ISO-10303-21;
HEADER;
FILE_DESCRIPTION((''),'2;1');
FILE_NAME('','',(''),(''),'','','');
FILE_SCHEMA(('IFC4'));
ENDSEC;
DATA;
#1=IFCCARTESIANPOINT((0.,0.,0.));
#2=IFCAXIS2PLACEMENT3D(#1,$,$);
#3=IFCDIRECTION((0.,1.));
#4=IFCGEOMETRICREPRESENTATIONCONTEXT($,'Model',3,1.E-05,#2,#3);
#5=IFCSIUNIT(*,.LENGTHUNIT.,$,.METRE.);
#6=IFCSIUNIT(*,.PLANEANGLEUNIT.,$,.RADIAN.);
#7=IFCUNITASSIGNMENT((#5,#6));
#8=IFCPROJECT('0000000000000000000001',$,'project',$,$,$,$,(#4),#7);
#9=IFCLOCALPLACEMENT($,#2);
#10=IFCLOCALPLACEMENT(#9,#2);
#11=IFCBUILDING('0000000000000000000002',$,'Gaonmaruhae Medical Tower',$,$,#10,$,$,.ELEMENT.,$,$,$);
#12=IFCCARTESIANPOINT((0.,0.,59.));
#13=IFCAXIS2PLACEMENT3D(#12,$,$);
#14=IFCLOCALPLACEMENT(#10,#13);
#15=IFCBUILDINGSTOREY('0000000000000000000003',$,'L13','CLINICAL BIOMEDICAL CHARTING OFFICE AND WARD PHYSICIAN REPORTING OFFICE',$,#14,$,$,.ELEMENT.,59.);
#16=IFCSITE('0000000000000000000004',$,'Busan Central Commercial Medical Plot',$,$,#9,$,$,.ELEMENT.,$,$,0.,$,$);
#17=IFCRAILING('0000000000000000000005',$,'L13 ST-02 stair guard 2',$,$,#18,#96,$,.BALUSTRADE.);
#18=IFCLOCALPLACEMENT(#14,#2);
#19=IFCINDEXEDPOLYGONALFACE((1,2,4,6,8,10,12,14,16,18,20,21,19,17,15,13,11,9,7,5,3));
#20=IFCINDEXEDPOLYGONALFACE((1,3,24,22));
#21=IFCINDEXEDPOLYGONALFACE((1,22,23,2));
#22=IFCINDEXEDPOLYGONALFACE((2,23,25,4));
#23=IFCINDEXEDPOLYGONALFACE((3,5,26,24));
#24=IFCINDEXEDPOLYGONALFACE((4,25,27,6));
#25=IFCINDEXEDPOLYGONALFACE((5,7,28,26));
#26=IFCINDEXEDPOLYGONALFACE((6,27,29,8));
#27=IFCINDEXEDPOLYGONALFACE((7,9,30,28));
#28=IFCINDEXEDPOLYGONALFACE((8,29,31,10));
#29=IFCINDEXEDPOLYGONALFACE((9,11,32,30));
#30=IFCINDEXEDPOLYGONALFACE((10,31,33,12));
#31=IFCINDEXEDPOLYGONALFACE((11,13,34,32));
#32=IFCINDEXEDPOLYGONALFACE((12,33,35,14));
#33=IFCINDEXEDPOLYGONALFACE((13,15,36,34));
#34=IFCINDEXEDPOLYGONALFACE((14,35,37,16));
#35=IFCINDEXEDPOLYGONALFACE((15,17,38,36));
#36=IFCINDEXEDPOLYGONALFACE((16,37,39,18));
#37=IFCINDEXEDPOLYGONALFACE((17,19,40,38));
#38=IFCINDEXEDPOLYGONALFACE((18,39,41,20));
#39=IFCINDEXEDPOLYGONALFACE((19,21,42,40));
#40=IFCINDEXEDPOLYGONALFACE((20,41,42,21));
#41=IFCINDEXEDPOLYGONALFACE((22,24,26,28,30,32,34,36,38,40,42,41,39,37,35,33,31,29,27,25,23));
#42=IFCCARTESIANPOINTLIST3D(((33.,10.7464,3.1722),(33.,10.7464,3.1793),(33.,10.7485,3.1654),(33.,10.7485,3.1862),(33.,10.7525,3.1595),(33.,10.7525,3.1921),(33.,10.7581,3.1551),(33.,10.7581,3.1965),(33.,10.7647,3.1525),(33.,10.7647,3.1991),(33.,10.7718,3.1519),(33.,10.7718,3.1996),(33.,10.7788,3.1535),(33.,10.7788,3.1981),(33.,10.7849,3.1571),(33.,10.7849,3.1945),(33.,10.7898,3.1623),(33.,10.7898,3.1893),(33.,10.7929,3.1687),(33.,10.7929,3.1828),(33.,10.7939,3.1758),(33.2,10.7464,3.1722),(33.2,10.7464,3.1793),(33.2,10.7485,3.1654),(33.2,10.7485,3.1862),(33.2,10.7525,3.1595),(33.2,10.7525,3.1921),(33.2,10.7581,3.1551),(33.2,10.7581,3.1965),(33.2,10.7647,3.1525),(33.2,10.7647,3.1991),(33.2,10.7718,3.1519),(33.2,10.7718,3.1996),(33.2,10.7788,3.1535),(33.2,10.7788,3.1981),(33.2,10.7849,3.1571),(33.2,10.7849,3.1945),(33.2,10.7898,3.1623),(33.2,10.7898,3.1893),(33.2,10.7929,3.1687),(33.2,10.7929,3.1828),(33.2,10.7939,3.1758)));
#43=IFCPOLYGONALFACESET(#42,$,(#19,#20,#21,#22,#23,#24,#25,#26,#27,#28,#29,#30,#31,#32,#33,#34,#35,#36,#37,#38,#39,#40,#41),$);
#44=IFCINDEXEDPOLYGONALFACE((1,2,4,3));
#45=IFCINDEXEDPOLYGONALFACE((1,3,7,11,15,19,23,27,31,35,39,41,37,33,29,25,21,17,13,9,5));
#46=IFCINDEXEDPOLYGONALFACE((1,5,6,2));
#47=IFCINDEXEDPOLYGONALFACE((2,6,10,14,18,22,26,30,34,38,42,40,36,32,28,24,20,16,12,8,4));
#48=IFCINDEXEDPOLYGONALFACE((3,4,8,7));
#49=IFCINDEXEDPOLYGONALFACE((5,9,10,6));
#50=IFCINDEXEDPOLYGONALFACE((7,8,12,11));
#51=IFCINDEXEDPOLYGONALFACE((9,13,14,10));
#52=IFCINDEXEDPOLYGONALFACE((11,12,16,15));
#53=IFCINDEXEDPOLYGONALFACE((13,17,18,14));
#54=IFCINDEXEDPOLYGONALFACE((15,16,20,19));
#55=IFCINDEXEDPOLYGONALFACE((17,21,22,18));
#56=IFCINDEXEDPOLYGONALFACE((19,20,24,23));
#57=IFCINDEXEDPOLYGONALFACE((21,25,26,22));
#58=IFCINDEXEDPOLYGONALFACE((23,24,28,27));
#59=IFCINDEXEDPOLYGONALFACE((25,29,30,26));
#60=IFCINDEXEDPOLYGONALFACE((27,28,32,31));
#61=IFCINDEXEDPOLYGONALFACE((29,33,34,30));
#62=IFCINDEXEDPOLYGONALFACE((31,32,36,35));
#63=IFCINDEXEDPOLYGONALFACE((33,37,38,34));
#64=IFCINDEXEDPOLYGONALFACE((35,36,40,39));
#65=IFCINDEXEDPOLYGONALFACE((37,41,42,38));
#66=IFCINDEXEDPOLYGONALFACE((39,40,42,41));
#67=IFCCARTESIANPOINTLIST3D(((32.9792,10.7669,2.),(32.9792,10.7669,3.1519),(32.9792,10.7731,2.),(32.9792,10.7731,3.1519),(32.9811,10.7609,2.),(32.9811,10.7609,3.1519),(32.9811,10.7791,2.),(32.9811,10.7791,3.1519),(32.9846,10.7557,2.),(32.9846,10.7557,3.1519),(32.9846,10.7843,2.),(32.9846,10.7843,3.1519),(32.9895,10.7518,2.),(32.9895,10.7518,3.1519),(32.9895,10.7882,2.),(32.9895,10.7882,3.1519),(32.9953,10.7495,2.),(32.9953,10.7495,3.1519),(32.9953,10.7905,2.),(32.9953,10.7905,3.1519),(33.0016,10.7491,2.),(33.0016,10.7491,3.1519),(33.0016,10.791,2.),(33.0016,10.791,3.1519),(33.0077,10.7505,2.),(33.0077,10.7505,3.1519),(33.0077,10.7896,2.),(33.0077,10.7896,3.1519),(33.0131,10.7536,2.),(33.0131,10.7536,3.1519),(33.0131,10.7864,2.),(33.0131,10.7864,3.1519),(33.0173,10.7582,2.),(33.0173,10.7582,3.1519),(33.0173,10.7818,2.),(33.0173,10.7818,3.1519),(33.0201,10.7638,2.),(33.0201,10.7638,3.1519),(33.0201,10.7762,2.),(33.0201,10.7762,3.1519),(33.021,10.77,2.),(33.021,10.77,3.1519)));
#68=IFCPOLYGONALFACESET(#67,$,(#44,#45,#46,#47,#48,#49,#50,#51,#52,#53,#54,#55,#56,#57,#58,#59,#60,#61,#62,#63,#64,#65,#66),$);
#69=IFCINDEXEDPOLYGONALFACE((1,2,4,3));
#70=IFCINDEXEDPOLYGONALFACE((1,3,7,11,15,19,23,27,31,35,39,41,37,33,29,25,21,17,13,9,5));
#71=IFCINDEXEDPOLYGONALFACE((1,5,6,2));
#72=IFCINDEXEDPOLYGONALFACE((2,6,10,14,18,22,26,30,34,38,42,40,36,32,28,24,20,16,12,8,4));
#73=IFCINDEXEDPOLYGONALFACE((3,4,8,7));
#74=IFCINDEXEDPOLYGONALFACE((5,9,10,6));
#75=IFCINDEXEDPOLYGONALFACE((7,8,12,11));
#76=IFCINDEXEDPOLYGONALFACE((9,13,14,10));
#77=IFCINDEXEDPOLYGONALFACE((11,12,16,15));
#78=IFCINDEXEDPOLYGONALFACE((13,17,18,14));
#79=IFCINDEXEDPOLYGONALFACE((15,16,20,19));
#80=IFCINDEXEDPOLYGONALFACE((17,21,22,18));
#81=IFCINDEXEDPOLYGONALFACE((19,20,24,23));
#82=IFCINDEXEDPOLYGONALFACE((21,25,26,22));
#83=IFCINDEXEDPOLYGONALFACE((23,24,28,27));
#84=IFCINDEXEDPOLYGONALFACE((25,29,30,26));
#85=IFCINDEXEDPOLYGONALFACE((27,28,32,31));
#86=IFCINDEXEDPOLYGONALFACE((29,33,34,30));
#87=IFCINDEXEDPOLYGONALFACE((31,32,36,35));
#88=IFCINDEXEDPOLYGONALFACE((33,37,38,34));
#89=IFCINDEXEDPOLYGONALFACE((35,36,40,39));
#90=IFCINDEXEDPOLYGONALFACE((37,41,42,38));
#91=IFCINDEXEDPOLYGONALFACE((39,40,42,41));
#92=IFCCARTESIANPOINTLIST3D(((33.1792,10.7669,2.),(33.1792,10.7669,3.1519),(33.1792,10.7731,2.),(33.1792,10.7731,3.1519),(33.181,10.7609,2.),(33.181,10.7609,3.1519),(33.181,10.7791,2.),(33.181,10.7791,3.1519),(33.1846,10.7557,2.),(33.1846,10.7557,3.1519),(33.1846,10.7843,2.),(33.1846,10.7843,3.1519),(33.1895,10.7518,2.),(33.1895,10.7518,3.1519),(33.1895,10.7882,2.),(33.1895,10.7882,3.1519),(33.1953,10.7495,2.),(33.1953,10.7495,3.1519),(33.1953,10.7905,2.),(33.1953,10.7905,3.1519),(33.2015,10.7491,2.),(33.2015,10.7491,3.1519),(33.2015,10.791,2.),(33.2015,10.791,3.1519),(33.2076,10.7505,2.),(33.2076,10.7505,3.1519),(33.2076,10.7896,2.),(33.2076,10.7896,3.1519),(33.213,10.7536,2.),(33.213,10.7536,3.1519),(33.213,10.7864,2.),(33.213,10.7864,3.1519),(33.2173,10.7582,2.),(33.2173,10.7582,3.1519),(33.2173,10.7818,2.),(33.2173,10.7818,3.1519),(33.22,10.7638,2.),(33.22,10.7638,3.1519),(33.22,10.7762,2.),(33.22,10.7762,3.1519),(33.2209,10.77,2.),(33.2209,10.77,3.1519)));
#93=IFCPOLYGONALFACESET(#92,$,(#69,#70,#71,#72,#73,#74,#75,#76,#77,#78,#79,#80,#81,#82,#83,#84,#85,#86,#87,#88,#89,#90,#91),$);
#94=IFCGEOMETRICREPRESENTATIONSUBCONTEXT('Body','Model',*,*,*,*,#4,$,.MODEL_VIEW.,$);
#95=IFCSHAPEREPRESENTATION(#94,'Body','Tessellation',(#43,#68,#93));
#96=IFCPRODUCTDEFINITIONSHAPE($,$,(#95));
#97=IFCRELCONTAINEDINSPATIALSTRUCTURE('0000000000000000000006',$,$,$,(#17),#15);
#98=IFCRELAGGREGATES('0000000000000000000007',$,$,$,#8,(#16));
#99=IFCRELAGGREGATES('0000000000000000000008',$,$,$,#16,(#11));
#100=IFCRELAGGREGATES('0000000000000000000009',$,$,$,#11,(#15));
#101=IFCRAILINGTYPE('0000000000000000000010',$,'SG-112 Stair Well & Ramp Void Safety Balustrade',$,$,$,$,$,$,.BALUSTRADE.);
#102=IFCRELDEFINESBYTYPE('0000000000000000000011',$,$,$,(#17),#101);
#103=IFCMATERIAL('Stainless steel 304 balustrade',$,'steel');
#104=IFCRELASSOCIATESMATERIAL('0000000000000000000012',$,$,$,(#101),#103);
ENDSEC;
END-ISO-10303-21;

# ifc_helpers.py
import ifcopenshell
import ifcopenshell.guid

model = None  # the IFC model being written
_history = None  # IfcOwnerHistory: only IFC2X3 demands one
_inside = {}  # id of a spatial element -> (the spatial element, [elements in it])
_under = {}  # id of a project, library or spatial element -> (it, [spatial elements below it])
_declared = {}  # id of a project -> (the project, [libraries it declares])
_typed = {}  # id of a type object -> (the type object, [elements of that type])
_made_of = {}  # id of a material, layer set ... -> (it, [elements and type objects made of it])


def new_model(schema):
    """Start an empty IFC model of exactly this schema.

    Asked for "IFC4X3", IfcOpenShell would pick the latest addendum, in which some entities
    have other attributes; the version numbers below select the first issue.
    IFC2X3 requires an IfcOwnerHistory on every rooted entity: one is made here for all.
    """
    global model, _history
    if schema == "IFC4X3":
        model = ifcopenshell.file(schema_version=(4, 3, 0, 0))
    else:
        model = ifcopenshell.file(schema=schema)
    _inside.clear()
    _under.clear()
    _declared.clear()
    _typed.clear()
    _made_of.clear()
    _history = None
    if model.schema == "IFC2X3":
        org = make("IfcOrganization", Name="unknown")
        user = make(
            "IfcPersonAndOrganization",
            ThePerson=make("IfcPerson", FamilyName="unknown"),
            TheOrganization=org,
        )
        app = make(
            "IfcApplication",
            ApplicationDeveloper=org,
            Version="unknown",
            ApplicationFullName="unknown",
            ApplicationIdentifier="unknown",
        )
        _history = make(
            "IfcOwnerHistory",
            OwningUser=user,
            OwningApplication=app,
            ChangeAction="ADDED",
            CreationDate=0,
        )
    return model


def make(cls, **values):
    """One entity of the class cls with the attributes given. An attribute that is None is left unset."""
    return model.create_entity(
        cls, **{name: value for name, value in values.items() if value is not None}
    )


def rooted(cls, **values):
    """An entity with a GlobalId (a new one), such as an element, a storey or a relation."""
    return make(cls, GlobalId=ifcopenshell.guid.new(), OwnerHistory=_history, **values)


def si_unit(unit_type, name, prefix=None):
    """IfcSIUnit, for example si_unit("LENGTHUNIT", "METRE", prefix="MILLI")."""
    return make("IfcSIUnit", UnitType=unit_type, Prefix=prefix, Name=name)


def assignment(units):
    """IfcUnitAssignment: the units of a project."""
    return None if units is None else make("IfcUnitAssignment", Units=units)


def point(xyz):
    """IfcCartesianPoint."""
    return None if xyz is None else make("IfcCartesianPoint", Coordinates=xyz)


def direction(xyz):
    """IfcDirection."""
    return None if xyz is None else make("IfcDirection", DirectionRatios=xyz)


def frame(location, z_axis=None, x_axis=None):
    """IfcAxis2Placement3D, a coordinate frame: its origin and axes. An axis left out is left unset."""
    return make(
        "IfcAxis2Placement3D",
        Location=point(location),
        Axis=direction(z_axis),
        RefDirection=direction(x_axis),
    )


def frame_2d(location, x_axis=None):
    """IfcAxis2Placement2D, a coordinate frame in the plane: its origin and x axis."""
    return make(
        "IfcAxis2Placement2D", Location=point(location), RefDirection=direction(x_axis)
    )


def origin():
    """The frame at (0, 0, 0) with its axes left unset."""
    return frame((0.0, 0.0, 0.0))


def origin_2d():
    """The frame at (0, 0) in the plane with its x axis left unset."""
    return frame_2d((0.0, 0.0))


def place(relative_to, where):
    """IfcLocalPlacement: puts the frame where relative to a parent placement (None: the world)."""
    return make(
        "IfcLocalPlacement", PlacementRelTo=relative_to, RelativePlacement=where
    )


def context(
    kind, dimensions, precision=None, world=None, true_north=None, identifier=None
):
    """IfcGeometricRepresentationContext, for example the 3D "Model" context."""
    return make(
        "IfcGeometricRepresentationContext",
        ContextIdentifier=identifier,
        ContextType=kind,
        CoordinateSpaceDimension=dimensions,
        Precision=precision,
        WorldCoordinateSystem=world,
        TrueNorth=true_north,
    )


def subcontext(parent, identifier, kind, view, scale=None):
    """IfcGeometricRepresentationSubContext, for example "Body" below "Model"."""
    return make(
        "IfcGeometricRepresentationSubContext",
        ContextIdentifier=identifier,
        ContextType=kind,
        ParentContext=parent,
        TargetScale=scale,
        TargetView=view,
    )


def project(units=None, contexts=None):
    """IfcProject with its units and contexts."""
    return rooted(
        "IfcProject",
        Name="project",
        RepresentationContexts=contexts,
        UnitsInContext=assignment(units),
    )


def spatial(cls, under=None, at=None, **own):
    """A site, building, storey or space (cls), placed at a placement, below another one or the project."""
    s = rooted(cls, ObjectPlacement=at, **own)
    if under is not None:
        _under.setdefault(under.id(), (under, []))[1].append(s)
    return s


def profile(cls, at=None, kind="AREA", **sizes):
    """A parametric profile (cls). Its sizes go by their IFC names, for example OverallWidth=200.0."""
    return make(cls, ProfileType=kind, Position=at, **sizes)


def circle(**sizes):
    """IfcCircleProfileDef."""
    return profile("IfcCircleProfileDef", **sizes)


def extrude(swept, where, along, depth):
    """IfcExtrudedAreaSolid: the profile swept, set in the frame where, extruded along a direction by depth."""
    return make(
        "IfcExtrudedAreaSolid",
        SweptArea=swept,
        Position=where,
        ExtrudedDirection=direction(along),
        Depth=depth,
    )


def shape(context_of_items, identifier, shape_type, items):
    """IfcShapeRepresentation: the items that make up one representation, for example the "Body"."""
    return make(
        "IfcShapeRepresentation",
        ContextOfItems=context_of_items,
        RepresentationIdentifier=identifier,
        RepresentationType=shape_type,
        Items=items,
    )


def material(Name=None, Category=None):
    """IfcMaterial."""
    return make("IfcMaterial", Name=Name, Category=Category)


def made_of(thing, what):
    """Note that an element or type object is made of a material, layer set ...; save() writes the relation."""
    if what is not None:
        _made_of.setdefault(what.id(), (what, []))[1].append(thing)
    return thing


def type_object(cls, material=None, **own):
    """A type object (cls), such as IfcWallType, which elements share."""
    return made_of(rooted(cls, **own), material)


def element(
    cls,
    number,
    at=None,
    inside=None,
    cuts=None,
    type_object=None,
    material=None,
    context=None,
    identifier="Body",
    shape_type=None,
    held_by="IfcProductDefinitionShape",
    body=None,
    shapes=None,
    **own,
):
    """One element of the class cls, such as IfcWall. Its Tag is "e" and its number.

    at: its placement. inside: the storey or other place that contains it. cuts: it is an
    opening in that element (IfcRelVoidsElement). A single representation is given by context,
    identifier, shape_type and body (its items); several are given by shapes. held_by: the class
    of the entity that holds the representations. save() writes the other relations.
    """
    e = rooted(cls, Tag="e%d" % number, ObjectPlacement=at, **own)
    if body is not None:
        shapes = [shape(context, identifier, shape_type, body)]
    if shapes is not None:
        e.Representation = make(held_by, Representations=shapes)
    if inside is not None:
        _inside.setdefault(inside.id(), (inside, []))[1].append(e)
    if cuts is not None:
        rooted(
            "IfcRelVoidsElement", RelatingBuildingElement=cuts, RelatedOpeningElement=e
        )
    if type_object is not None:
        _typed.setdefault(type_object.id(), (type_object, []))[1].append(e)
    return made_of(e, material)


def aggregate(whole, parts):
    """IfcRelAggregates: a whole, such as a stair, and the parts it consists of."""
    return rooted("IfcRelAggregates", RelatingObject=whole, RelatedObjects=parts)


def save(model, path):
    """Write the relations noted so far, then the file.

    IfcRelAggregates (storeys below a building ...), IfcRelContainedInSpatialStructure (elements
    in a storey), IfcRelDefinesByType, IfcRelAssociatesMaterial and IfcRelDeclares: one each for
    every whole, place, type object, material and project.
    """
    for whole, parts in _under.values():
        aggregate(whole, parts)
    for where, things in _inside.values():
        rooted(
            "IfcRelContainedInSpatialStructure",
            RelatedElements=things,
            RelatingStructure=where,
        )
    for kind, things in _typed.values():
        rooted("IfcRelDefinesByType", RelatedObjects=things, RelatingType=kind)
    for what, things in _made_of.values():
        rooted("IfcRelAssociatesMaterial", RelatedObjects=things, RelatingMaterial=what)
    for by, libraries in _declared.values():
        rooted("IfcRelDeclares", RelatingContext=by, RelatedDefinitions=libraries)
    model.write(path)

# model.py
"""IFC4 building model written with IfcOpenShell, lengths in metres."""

from ifc_helpers import new_model, si_unit, direction, frame, origin, origin_2d, place, context, subcontext, project, spatial, circle, extrude, material, type_object, element, save


model = new_model("IFC4")

# Units and contexts
model_context = context("Model", 3, precision=1e-05, world=origin(), true_north=direction((0.0, 1.0)))
body_context = subcontext(model_context, "Body", "Model", "MODEL_VIEW")
ifc_project = project(units=[si_unit("LENGTHUNIT", "METRE"), si_unit("PLANEANGLEUNIT", "RADIAN")], contexts=[model_context])

# Site, building, storey
site_placement = place(None, origin())
site = spatial("IfcSite", under=ifc_project, at=site_placement, Name="Busan Central Commercial Medical Plot", CompositionType="ELEMENT", RefElevation=0.0)
building_placement = place(site_placement, origin())
building = spatial("IfcBuilding", under=site, at=building_placement, Name="Gaonmaruhae Medical Tower", CompositionType="ELEMENT")
storey_placement = place(building_placement, frame((0.0, 0.0, 59.0)))
storey = spatial("IfcBuildingStorey", under=building, at=storey_placement, Name="L13", Description="CLINICAL BIOMEDICAL CHARTING OFFICE AND WARD PHYSICIAN REPORTING OFFICE", CompositionType="ELEMENT", Elevation=59.0)

# Railing
ifc_material_1 = material(Name="Stainless steel 304 balustrade", Category="steel")
railing_type_1 = type_object("IfcRailingType", Name="SG-112 Stair Well & Ramp Void Safety Balustrade", PredefinedType="BALUSTRADE", material=ifc_material_1)
railing_1_placement = place(storey_placement, frame((33.0, 10.77, 2.0)))
element("IfcRailing", 1, at=railing_1_placement, inside=storey, type_object=railing_type_1, Name="L13 ST-02 stair guard 2", PredefinedType="BALUSTRADE", context=body_context, shape_type="SweptSolid", body=[
    extrude(circle(Radius=0.0239, at=origin_2d()), frame((0.0, 0.0, 1.1758), z_axis=(1.0, 0.0, 0.0), x_axis=(0.0, 1.0, 0.0)), (0.0, 0.0, 1.0), 0.2),
    extrude(circle(Radius=0.021, at=origin_2d()), origin(), (0.0, 0.0, 1.0), 1.1519),
    extrude(circle(Radius=0.021, at=origin_2d()), frame((0.2, 0.0, 0.0)), (0.0, 0.0, 1.0), 1.1519),
])

save(model, "model.ifc")
